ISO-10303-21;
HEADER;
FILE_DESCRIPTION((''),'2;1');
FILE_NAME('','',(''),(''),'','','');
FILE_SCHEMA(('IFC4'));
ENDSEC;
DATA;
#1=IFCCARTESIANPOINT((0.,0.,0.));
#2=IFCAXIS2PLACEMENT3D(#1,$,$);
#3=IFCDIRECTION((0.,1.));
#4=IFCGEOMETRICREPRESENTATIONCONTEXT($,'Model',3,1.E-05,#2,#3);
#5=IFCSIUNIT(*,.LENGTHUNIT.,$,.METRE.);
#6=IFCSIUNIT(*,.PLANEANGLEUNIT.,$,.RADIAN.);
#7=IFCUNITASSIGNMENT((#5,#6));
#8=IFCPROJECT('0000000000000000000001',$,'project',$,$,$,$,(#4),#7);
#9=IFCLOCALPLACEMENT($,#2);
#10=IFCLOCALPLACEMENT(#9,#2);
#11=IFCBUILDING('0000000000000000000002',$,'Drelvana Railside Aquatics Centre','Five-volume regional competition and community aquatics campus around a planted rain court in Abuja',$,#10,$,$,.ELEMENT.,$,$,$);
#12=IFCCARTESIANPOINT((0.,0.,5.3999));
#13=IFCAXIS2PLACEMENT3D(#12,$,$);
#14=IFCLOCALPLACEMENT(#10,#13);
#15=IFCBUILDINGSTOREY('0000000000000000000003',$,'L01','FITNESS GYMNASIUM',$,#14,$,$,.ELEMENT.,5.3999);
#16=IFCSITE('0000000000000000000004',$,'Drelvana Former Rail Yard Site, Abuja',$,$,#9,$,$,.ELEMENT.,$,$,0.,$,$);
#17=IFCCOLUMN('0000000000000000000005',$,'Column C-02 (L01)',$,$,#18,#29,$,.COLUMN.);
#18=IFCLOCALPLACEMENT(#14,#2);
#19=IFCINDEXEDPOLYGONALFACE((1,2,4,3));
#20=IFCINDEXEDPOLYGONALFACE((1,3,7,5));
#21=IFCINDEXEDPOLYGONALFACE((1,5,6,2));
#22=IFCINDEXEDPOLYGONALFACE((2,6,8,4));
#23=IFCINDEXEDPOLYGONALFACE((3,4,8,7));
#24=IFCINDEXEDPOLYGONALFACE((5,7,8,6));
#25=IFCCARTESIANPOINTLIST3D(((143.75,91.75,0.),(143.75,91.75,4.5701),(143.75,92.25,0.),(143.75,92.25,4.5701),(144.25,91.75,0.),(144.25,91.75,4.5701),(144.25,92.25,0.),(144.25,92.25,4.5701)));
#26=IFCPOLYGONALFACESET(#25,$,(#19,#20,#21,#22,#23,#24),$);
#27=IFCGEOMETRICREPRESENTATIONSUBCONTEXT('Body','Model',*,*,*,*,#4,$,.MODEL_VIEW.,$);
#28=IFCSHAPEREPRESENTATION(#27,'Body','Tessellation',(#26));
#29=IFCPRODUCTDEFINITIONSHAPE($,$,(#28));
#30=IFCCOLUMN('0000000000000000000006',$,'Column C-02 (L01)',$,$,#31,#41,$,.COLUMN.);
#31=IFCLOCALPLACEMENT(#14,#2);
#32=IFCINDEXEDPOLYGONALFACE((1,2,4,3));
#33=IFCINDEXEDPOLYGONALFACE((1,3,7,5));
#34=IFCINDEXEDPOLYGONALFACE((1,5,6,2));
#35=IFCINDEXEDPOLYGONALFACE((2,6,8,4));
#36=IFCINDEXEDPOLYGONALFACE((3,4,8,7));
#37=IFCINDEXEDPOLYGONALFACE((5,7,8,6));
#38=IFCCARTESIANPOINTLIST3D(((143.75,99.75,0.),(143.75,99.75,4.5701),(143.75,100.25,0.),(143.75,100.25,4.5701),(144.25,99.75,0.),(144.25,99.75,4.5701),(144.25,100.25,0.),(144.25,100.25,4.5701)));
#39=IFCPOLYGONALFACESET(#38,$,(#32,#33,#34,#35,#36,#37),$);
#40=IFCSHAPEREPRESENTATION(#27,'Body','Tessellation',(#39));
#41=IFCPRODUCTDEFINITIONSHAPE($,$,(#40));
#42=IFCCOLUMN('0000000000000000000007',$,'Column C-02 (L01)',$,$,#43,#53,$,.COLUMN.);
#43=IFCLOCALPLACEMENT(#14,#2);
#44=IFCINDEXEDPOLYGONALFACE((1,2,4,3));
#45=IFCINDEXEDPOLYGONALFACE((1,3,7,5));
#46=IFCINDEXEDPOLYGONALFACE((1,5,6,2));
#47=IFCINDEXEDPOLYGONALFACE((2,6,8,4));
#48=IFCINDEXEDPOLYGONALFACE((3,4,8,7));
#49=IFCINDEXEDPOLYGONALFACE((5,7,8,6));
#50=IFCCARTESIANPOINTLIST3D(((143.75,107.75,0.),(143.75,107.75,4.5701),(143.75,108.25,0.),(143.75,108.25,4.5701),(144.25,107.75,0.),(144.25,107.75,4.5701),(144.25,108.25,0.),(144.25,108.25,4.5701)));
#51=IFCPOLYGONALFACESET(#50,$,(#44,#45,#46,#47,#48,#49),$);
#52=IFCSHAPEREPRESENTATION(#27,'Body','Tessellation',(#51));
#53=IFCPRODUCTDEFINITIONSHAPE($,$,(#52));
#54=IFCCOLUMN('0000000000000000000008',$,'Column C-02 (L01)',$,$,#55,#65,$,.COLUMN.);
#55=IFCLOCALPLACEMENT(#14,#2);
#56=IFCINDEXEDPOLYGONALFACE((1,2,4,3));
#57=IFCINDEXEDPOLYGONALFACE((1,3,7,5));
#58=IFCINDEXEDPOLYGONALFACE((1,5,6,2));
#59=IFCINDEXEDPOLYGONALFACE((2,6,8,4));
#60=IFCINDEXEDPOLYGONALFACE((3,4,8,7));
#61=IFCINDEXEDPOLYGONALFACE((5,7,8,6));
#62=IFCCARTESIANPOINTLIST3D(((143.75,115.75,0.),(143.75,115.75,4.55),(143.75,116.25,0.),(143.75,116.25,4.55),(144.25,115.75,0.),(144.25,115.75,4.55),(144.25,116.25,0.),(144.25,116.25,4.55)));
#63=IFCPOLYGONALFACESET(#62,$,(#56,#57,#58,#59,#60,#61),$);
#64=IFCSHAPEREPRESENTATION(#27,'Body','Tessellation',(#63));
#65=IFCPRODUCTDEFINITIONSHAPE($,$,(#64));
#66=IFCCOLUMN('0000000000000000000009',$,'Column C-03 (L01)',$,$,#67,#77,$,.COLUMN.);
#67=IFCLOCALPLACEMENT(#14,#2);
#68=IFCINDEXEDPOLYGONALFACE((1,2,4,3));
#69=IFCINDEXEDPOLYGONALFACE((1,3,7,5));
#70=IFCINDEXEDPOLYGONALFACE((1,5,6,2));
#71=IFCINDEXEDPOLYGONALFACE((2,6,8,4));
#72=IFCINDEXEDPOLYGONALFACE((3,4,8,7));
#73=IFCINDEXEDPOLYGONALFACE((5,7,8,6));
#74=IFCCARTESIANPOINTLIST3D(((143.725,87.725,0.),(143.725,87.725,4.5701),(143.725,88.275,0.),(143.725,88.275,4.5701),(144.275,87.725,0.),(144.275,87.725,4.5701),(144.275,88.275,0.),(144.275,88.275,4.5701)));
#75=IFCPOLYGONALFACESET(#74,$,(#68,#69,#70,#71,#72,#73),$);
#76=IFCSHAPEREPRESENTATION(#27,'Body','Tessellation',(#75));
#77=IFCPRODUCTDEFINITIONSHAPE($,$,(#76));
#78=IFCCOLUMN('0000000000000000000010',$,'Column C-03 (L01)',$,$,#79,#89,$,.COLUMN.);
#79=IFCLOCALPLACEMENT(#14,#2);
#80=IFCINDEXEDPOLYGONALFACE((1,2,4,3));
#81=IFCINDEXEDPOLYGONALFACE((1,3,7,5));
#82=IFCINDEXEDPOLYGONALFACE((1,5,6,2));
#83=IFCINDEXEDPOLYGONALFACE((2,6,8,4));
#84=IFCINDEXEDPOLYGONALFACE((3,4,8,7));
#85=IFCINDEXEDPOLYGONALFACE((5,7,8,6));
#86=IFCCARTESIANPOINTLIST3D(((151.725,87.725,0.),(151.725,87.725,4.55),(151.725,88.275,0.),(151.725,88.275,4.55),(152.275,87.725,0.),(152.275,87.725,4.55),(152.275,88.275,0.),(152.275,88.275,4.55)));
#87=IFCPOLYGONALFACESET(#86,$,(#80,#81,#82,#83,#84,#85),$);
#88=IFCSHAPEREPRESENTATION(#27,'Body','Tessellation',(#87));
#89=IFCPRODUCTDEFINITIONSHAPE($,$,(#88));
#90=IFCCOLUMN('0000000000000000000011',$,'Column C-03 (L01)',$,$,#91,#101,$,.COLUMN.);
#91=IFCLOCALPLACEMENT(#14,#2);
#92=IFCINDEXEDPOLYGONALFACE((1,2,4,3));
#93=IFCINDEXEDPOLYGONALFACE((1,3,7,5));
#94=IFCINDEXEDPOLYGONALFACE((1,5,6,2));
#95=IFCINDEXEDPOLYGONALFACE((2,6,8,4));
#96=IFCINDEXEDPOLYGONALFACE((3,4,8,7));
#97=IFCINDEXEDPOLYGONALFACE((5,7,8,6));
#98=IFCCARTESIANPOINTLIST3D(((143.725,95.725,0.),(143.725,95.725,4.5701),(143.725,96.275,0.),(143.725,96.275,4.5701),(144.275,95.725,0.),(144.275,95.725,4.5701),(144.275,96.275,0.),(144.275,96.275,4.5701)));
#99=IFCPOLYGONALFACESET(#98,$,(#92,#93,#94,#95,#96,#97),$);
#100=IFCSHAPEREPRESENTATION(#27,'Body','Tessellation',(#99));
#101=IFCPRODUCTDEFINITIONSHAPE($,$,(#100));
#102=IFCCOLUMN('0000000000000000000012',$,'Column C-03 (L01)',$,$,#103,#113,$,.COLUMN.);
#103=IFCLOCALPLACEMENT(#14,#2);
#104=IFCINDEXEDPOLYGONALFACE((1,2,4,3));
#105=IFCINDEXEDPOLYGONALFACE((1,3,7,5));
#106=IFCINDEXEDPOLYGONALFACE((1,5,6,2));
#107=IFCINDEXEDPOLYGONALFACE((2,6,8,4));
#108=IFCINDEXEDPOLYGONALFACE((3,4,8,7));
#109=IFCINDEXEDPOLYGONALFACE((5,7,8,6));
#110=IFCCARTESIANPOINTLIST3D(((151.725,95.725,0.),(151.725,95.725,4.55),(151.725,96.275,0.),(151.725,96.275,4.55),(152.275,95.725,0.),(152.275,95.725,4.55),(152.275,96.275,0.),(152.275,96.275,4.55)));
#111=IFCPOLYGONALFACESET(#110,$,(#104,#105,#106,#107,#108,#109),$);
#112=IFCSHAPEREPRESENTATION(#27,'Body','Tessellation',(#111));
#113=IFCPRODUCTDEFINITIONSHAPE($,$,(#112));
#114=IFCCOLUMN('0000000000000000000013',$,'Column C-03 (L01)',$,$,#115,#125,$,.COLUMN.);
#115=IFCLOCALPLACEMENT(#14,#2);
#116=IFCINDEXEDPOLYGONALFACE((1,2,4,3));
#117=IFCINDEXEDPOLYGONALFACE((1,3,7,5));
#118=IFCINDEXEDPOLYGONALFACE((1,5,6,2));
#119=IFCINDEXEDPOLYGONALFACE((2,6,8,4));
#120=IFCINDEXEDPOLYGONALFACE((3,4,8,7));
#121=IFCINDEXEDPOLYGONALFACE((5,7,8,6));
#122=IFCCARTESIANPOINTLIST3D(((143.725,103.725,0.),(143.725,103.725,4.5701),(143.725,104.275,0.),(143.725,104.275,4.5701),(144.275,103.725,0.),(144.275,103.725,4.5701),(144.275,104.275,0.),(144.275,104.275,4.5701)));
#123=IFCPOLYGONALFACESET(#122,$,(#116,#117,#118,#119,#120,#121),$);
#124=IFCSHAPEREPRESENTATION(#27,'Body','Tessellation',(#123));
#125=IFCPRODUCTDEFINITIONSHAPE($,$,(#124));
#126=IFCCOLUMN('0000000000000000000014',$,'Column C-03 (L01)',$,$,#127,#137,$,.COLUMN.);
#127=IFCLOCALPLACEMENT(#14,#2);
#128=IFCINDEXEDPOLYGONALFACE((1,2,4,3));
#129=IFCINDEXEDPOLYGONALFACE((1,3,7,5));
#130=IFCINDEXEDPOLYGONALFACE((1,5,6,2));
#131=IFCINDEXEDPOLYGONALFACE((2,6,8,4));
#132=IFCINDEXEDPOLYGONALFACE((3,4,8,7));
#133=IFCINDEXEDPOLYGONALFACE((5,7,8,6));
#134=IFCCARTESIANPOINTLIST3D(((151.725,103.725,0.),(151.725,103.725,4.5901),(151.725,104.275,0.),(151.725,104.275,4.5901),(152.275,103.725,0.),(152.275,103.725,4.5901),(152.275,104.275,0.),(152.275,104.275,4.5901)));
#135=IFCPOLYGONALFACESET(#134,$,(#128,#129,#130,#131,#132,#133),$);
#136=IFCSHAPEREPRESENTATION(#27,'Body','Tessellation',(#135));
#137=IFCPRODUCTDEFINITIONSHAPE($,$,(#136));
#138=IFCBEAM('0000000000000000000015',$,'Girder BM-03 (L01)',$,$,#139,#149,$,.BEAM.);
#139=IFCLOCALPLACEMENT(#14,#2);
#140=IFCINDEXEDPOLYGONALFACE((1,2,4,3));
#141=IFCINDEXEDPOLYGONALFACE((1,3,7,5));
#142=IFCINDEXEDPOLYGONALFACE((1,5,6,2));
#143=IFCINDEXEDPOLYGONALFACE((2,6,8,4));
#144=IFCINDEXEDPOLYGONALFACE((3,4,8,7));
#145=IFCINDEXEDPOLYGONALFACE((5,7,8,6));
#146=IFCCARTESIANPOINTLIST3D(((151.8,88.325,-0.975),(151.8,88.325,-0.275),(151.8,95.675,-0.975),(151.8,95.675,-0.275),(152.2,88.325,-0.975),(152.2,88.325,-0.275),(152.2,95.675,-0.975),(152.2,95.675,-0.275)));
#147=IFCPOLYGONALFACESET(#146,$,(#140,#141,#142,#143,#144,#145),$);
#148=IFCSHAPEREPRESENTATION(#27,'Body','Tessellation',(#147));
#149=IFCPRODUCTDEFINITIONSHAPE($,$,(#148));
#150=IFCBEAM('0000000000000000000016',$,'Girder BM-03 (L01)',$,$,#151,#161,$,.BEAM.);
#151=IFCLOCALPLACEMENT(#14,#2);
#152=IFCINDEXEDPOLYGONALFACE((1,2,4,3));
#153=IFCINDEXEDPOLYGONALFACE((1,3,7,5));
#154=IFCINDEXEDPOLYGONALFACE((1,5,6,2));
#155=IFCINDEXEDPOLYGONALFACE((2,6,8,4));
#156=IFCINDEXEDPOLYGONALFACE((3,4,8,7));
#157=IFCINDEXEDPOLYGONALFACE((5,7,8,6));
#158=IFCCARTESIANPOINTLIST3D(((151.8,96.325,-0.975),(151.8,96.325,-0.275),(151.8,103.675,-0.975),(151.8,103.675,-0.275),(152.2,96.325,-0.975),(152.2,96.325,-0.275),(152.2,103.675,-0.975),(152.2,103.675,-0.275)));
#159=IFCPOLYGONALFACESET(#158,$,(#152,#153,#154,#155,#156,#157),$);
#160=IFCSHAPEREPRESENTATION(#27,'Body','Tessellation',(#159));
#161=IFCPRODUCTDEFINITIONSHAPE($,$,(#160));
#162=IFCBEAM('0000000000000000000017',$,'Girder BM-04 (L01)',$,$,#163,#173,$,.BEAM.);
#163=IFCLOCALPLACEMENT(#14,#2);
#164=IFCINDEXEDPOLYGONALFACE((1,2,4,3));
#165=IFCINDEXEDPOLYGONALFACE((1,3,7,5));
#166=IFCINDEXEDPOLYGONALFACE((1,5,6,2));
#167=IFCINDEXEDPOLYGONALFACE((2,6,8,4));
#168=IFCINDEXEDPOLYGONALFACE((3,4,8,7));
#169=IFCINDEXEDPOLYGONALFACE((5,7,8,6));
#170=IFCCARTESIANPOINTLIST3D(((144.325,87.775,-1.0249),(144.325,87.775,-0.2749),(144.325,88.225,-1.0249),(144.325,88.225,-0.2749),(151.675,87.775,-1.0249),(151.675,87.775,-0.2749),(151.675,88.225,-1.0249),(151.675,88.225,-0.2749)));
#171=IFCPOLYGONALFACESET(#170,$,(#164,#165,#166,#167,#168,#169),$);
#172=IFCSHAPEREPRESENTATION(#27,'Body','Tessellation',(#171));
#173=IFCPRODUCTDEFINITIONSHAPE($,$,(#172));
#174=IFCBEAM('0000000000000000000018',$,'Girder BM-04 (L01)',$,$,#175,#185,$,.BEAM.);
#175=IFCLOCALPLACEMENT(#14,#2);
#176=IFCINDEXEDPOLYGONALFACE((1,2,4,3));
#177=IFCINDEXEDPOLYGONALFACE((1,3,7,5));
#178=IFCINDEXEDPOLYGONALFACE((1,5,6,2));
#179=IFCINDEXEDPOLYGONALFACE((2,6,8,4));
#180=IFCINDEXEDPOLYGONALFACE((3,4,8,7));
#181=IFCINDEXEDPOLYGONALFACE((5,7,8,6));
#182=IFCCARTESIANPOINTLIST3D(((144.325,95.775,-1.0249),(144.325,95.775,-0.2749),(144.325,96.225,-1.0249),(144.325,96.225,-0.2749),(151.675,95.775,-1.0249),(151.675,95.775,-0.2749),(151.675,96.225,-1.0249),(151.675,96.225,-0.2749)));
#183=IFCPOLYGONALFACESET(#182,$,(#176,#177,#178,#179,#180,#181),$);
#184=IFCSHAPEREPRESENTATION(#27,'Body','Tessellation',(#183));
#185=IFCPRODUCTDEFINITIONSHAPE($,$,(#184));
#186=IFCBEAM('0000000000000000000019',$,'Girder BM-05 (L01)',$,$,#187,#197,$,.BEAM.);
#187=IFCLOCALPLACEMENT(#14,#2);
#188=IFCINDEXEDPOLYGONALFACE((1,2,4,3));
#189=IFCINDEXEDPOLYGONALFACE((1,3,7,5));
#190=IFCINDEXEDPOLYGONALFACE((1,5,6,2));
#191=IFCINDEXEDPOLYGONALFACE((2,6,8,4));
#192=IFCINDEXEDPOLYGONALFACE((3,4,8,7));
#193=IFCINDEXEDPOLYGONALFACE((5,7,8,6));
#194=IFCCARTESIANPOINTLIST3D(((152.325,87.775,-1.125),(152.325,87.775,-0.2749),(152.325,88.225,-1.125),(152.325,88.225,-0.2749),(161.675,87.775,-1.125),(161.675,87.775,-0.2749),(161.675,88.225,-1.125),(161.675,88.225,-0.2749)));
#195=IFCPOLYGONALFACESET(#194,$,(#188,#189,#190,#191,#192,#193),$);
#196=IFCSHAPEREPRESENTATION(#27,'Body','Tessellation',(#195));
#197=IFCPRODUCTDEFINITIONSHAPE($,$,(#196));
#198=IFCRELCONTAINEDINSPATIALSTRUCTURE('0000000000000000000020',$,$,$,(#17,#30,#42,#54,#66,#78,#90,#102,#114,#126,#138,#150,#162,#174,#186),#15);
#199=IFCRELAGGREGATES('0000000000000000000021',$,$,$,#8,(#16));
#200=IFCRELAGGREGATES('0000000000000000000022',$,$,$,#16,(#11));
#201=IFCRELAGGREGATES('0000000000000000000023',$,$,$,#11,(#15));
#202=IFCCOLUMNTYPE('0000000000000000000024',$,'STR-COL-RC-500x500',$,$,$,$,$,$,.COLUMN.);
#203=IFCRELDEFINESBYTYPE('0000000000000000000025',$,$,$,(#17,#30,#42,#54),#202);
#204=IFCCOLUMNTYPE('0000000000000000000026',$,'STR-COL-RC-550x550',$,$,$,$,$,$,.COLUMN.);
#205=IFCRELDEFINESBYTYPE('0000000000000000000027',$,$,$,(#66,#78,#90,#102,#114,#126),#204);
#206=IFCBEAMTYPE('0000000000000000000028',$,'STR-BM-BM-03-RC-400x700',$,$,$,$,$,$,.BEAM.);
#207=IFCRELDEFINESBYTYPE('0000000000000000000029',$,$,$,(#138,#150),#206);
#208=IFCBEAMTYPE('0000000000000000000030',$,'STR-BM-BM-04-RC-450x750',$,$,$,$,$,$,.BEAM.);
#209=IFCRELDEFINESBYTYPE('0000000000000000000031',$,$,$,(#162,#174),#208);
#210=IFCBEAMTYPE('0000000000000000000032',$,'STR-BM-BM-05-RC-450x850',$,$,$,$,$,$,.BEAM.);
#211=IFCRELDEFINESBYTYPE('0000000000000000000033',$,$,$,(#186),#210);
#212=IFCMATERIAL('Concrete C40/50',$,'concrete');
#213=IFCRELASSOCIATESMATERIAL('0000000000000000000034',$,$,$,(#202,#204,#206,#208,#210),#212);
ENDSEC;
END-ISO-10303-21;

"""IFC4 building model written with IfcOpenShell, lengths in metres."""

from ifc_helpers import new_model, si_unit, direction, frame, origin, origin_2d, place, context, subcontext, project, spatial, rectangle, extrude, material, material_profile, profile_set, type_object, element, save


model = new_model("IFC4")

# Units and contexts
model_context = context("Model", 3, precision=1e-05, world=origin(), true_north=direction((0.0, 1.0)))
body_context = subcontext(model_context, "Body", "Model", "MODEL_VIEW")
ifc_project = project(units=[si_unit("LENGTHUNIT", "METRE"), si_unit("PLANEANGLEUNIT", "RADIAN")], contexts=[model_context])

# Site, building, storey
site_placement = place(None, origin())
site = spatial("IfcSite", under=ifc_project, at=site_placement, Name="Drelvana Former Rail Yard Site, Abuja", CompositionType="ELEMENT", RefElevation=0.0)
building_placement = place(site_placement, origin())
building = spatial("IfcBuilding", under=site, at=building_placement, Name="Drelvana Railside Aquatics Centre", Description="Five-volume regional competition and community aquatics campus around a planted rain court in Abuja", CompositionType="ELEMENT")
storey_placement = place(building_placement, frame((0.0, 0.0, 5.3999)))
storey = spatial("IfcBuildingStorey", under=building, at=storey_placement, Name="L01", Description="FITNESS GYMNASIUM", CompositionType="ELEMENT", Elevation=5.3999)

# Columns
ifc_material_1 = material(Name="Concrete C40/50", Category="concrete")
ifc_material_profile_1 = material_profile(ifc_material_1, rectangle(XDim=0.5, YDim=0.5, at=origin_2d()), Name="RC 500x500")
ifc_profile_set_1 = profile_set([ifc_material_profile_1], Name="Concrete C40/50")
column_type_1 = type_object("IfcColumnType", Name="STR-COL-RC-500x500", PredefinedType="COLUMN", material=ifc_profile_set_1)
for number, where, z_axis, x_axis, name in (
    (1, (144.0, 92.0, 0.0), (0.0, 0.0, 1.0), (1.0, 0.0, 0.0), "Column C-02 (L01)"),
    (2, (144.0, 100.0, 0.0), (0.0, 0.0, 1.0), (1.0, 0.0, 0.0), "Column C-02 (L01)"),
    (3, (144.0, 108.0, 0.0), (0.0, 0.0, 1.0), (1.0, 0.0, 0.0), "Column C-02 (L01)"),
):
    element("IfcColumn", number, at=place(storey_placement, frame(where, z_axis=z_axis, x_axis=x_axis)), inside=storey, type_object=column_type_1, Name=name, PredefinedType="COLUMN", context=body_context, shape_type="SweptSolid", body=[
        extrude(rectangle(XDim=0.5, YDim=0.5, at=origin_2d()), origin(), (0.0, 0.0, 1.0), 4.5701),
    ])
column_1_placement = place(storey_placement, frame((144.0, 116.0, 0.0), z_axis=(0.0, 0.0, 1.0), x_axis=(1.0, 0.0, 0.0)))
element("IfcColumn", 4, at=column_1_placement, inside=storey, type_object=column_type_1, Name="Column C-02 (L01)", PredefinedType="COLUMN", context=body_context, shape_type="SweptSolid", body=[
    extrude(rectangle(XDim=0.5, YDim=0.5, at=origin_2d()), origin(), (0.0, 0.0, 1.0), 4.55),
])
ifc_material_profile_2 = material_profile(ifc_material_1, rectangle(XDim=0.55, YDim=0.55, at=origin_2d()), Name="RC 550x550")
ifc_profile_set_2 = profile_set([ifc_material_profile_2], Name="Concrete C40/50")
column_type_2 = type_object("IfcColumnType", Name="STR-COL-RC-550x550", PredefinedType="COLUMN", material=ifc_profile_set_2)
column_2_placement = place(storey_placement, frame((144.0, 88.0, 0.0), z_axis=(0.0, 0.0, 1.0), x_axis=(1.0, 0.0, 0.0)))
element("IfcColumn", 5, at=column_2_placement, inside=storey, type_object=column_type_2, Name="Column C-03 (L01)", PredefinedType="COLUMN", context=body_context, shape_type="SweptSolid", body=[
    extrude(rectangle(XDim=0.55, YDim=0.55, at=origin_2d()), origin(), (0.0, 0.0, 1.0), 4.5701),
])
column_3_placement = place(storey_placement, frame((152.0, 88.0, 0.0), z_axis=(0.0, 0.0, 1.0), x_axis=(1.0, 0.0, 0.0)))
element("IfcColumn", 6, at=column_3_placement, inside=storey, type_object=column_type_2, Name="Column C-03 (L01)", PredefinedType="COLUMN", context=body_context, shape_type="SweptSolid", body=[
    extrude(rectangle(XDim=0.55, YDim=0.55, at=origin_2d()), origin(), (0.0, 0.0, 1.0), 4.55),
])
column_4_placement = place(storey_placement, frame((144.0, 96.0, 0.0), z_axis=(0.0, 0.0, 1.0), x_axis=(1.0, 0.0, 0.0)))
element("IfcColumn", 7, at=column_4_placement, inside=storey, type_object=column_type_2, Name="Column C-03 (L01)", PredefinedType="COLUMN", context=body_context, shape_type="SweptSolid", body=[
    extrude(rectangle(XDim=0.55, YDim=0.55, at=origin_2d()), origin(), (0.0, 0.0, 1.0), 4.5701),
])
column_5_placement = place(storey_placement, frame((152.0, 96.0, 0.0), z_axis=(0.0, 0.0, 1.0), x_axis=(1.0, 0.0, 0.0)))
element("IfcColumn", 8, at=column_5_placement, inside=storey, type_object=column_type_2, Name="Column C-03 (L01)", PredefinedType="COLUMN", context=body_context, shape_type="SweptSolid", body=[
    extrude(rectangle(XDim=0.55, YDim=0.55, at=origin_2d()), origin(), (0.0, 0.0, 1.0), 4.55),
])
column_6_placement = place(storey_placement, frame((144.0, 104.0, 0.0), z_axis=(0.0, 0.0, 1.0), x_axis=(1.0, 0.0, 0.0)))
element("IfcColumn", 9, at=column_6_placement, inside=storey, type_object=column_type_2, Name="Column C-03 (L01)", PredefinedType="COLUMN", context=body_context, shape_type="SweptSolid", body=[
    extrude(rectangle(XDim=0.55, YDim=0.55, at=origin_2d()), origin(), (0.0, 0.0, 1.0), 4.5701),
])
column_7_placement = place(storey_placement, frame((152.0, 104.0, 0.0), z_axis=(0.0, 0.0, 1.0), x_axis=(1.0, 0.0, 0.0)))
element("IfcColumn", 10, at=column_7_placement, inside=storey, type_object=column_type_2, Name="Column C-03 (L01)", PredefinedType="COLUMN", context=body_context, shape_type="SweptSolid", body=[
    extrude(rectangle(XDim=0.55, YDim=0.55, at=origin_2d()), origin(), (0.0, 0.0, 1.0), 4.5901),
])

# Beams
ifc_material_profile_3 = material_profile(ifc_material_1, rectangle(XDim=0.3999, YDim=0.7, at=origin_2d()), Name="RC 400x700")
ifc_profile_set_3 = profile_set([ifc_material_profile_3], Name="Concrete C40/50")
beam_type_1 = type_object("IfcBeamType", Name="STR-BM-BM-03-RC-400x700", PredefinedType="BEAM", material=ifc_profile_set_3)
for number, where, z_axis, x_axis, name in (
    (11, (152.0, 88.325, -0.625), (0.0, 1.0, 0.0), (-1.0, 0.0, 0.0), "Girder BM-03 (L01)"),
    (12, (152.0, 96.325, -0.625), (0.0, 1.0, 0.0), (-1.0, 0.0, 0.0), "Girder BM-03 (L01)"),
):
    element("IfcBeam", number, at=place(storey_placement, frame(where, z_axis=z_axis, x_axis=x_axis)), inside=storey, type_object=beam_type_1, Name=name, PredefinedType="BEAM", context=body_context, shape_type="SweptSolid", body=[
        extrude(rectangle(XDim=0.3999, YDim=0.7, at=origin_2d()), origin(), (0.0, 0.0, 1.0), 7.3501),
    ])
ifc_material_profile_4 = material_profile(ifc_material_1, rectangle(XDim=0.45, YDim=0.75, at=origin_2d()), Name="RC 450x750")
ifc_profile_set_4 = profile_set([ifc_material_profile_4], Name="Concrete C40/50")
beam_type_2 = type_object("IfcBeamType", Name="STR-BM-BM-04-RC-450x750", PredefinedType="BEAM", material=ifc_profile_set_4)
for number, where, z_axis, x_axis, name in (
    (13, (144.325, 88.0, -0.6499), (1.0, 0.0, 0.0), (0.0, 1.0, 0.0), "Girder BM-04 (L01)"),
    (14, (144.325, 96.0, -0.6499), (1.0, 0.0, 0.0), (0.0, 1.0, 0.0), "Girder BM-04 (L01)"),
):
    element("IfcBeam", number, at=place(storey_placement, frame(where, z_axis=z_axis, x_axis=x_axis)), inside=storey, type_object=beam_type_2, Name=name, PredefinedType="BEAM", context=body_context, shape_type="SweptSolid", body=[
        extrude(rectangle(XDim=0.45, YDim=0.75, at=origin_2d()), origin(), (0.0, 0.0, 1.0), 7.3501),
    ])
ifc_material_profile_5 = material_profile(ifc_material_1, rectangle(XDim=0.45, YDim=0.8501, at=origin_2d()), Name="RC 450x850")
ifc_profile_set_5 = profile_set([ifc_material_profile_5], Name="Concrete C40/50")
beam_type_3 = type_object("IfcBeamType", Name="STR-BM-BM-05-RC-450x850", PredefinedType="BEAM", material=ifc_profile_set_5)
for number, where, z_axis, x_axis, name in (
    (15, (152.325, 88.0, -0.7), (1.0, 0.0, 0.0), (0.0, 1.0, 0.0), "Girder BM-05 (L01)"),
):
    element("IfcBeam", number, at=place(storey_placement, frame(where, z_axis=z_axis, x_axis=x_axis)), inside=storey, type_object=beam_type_3, Name=name, PredefinedType="BEAM", context=body_context, shape_type="SweptSolid", body=[
        extrude(rectangle(XDim=0.45, YDim=0.8501, at=origin_2d()), origin(), (0.0, 0.0, 1.0), 9.3501),
    ])

save(model, "model.ifc")
